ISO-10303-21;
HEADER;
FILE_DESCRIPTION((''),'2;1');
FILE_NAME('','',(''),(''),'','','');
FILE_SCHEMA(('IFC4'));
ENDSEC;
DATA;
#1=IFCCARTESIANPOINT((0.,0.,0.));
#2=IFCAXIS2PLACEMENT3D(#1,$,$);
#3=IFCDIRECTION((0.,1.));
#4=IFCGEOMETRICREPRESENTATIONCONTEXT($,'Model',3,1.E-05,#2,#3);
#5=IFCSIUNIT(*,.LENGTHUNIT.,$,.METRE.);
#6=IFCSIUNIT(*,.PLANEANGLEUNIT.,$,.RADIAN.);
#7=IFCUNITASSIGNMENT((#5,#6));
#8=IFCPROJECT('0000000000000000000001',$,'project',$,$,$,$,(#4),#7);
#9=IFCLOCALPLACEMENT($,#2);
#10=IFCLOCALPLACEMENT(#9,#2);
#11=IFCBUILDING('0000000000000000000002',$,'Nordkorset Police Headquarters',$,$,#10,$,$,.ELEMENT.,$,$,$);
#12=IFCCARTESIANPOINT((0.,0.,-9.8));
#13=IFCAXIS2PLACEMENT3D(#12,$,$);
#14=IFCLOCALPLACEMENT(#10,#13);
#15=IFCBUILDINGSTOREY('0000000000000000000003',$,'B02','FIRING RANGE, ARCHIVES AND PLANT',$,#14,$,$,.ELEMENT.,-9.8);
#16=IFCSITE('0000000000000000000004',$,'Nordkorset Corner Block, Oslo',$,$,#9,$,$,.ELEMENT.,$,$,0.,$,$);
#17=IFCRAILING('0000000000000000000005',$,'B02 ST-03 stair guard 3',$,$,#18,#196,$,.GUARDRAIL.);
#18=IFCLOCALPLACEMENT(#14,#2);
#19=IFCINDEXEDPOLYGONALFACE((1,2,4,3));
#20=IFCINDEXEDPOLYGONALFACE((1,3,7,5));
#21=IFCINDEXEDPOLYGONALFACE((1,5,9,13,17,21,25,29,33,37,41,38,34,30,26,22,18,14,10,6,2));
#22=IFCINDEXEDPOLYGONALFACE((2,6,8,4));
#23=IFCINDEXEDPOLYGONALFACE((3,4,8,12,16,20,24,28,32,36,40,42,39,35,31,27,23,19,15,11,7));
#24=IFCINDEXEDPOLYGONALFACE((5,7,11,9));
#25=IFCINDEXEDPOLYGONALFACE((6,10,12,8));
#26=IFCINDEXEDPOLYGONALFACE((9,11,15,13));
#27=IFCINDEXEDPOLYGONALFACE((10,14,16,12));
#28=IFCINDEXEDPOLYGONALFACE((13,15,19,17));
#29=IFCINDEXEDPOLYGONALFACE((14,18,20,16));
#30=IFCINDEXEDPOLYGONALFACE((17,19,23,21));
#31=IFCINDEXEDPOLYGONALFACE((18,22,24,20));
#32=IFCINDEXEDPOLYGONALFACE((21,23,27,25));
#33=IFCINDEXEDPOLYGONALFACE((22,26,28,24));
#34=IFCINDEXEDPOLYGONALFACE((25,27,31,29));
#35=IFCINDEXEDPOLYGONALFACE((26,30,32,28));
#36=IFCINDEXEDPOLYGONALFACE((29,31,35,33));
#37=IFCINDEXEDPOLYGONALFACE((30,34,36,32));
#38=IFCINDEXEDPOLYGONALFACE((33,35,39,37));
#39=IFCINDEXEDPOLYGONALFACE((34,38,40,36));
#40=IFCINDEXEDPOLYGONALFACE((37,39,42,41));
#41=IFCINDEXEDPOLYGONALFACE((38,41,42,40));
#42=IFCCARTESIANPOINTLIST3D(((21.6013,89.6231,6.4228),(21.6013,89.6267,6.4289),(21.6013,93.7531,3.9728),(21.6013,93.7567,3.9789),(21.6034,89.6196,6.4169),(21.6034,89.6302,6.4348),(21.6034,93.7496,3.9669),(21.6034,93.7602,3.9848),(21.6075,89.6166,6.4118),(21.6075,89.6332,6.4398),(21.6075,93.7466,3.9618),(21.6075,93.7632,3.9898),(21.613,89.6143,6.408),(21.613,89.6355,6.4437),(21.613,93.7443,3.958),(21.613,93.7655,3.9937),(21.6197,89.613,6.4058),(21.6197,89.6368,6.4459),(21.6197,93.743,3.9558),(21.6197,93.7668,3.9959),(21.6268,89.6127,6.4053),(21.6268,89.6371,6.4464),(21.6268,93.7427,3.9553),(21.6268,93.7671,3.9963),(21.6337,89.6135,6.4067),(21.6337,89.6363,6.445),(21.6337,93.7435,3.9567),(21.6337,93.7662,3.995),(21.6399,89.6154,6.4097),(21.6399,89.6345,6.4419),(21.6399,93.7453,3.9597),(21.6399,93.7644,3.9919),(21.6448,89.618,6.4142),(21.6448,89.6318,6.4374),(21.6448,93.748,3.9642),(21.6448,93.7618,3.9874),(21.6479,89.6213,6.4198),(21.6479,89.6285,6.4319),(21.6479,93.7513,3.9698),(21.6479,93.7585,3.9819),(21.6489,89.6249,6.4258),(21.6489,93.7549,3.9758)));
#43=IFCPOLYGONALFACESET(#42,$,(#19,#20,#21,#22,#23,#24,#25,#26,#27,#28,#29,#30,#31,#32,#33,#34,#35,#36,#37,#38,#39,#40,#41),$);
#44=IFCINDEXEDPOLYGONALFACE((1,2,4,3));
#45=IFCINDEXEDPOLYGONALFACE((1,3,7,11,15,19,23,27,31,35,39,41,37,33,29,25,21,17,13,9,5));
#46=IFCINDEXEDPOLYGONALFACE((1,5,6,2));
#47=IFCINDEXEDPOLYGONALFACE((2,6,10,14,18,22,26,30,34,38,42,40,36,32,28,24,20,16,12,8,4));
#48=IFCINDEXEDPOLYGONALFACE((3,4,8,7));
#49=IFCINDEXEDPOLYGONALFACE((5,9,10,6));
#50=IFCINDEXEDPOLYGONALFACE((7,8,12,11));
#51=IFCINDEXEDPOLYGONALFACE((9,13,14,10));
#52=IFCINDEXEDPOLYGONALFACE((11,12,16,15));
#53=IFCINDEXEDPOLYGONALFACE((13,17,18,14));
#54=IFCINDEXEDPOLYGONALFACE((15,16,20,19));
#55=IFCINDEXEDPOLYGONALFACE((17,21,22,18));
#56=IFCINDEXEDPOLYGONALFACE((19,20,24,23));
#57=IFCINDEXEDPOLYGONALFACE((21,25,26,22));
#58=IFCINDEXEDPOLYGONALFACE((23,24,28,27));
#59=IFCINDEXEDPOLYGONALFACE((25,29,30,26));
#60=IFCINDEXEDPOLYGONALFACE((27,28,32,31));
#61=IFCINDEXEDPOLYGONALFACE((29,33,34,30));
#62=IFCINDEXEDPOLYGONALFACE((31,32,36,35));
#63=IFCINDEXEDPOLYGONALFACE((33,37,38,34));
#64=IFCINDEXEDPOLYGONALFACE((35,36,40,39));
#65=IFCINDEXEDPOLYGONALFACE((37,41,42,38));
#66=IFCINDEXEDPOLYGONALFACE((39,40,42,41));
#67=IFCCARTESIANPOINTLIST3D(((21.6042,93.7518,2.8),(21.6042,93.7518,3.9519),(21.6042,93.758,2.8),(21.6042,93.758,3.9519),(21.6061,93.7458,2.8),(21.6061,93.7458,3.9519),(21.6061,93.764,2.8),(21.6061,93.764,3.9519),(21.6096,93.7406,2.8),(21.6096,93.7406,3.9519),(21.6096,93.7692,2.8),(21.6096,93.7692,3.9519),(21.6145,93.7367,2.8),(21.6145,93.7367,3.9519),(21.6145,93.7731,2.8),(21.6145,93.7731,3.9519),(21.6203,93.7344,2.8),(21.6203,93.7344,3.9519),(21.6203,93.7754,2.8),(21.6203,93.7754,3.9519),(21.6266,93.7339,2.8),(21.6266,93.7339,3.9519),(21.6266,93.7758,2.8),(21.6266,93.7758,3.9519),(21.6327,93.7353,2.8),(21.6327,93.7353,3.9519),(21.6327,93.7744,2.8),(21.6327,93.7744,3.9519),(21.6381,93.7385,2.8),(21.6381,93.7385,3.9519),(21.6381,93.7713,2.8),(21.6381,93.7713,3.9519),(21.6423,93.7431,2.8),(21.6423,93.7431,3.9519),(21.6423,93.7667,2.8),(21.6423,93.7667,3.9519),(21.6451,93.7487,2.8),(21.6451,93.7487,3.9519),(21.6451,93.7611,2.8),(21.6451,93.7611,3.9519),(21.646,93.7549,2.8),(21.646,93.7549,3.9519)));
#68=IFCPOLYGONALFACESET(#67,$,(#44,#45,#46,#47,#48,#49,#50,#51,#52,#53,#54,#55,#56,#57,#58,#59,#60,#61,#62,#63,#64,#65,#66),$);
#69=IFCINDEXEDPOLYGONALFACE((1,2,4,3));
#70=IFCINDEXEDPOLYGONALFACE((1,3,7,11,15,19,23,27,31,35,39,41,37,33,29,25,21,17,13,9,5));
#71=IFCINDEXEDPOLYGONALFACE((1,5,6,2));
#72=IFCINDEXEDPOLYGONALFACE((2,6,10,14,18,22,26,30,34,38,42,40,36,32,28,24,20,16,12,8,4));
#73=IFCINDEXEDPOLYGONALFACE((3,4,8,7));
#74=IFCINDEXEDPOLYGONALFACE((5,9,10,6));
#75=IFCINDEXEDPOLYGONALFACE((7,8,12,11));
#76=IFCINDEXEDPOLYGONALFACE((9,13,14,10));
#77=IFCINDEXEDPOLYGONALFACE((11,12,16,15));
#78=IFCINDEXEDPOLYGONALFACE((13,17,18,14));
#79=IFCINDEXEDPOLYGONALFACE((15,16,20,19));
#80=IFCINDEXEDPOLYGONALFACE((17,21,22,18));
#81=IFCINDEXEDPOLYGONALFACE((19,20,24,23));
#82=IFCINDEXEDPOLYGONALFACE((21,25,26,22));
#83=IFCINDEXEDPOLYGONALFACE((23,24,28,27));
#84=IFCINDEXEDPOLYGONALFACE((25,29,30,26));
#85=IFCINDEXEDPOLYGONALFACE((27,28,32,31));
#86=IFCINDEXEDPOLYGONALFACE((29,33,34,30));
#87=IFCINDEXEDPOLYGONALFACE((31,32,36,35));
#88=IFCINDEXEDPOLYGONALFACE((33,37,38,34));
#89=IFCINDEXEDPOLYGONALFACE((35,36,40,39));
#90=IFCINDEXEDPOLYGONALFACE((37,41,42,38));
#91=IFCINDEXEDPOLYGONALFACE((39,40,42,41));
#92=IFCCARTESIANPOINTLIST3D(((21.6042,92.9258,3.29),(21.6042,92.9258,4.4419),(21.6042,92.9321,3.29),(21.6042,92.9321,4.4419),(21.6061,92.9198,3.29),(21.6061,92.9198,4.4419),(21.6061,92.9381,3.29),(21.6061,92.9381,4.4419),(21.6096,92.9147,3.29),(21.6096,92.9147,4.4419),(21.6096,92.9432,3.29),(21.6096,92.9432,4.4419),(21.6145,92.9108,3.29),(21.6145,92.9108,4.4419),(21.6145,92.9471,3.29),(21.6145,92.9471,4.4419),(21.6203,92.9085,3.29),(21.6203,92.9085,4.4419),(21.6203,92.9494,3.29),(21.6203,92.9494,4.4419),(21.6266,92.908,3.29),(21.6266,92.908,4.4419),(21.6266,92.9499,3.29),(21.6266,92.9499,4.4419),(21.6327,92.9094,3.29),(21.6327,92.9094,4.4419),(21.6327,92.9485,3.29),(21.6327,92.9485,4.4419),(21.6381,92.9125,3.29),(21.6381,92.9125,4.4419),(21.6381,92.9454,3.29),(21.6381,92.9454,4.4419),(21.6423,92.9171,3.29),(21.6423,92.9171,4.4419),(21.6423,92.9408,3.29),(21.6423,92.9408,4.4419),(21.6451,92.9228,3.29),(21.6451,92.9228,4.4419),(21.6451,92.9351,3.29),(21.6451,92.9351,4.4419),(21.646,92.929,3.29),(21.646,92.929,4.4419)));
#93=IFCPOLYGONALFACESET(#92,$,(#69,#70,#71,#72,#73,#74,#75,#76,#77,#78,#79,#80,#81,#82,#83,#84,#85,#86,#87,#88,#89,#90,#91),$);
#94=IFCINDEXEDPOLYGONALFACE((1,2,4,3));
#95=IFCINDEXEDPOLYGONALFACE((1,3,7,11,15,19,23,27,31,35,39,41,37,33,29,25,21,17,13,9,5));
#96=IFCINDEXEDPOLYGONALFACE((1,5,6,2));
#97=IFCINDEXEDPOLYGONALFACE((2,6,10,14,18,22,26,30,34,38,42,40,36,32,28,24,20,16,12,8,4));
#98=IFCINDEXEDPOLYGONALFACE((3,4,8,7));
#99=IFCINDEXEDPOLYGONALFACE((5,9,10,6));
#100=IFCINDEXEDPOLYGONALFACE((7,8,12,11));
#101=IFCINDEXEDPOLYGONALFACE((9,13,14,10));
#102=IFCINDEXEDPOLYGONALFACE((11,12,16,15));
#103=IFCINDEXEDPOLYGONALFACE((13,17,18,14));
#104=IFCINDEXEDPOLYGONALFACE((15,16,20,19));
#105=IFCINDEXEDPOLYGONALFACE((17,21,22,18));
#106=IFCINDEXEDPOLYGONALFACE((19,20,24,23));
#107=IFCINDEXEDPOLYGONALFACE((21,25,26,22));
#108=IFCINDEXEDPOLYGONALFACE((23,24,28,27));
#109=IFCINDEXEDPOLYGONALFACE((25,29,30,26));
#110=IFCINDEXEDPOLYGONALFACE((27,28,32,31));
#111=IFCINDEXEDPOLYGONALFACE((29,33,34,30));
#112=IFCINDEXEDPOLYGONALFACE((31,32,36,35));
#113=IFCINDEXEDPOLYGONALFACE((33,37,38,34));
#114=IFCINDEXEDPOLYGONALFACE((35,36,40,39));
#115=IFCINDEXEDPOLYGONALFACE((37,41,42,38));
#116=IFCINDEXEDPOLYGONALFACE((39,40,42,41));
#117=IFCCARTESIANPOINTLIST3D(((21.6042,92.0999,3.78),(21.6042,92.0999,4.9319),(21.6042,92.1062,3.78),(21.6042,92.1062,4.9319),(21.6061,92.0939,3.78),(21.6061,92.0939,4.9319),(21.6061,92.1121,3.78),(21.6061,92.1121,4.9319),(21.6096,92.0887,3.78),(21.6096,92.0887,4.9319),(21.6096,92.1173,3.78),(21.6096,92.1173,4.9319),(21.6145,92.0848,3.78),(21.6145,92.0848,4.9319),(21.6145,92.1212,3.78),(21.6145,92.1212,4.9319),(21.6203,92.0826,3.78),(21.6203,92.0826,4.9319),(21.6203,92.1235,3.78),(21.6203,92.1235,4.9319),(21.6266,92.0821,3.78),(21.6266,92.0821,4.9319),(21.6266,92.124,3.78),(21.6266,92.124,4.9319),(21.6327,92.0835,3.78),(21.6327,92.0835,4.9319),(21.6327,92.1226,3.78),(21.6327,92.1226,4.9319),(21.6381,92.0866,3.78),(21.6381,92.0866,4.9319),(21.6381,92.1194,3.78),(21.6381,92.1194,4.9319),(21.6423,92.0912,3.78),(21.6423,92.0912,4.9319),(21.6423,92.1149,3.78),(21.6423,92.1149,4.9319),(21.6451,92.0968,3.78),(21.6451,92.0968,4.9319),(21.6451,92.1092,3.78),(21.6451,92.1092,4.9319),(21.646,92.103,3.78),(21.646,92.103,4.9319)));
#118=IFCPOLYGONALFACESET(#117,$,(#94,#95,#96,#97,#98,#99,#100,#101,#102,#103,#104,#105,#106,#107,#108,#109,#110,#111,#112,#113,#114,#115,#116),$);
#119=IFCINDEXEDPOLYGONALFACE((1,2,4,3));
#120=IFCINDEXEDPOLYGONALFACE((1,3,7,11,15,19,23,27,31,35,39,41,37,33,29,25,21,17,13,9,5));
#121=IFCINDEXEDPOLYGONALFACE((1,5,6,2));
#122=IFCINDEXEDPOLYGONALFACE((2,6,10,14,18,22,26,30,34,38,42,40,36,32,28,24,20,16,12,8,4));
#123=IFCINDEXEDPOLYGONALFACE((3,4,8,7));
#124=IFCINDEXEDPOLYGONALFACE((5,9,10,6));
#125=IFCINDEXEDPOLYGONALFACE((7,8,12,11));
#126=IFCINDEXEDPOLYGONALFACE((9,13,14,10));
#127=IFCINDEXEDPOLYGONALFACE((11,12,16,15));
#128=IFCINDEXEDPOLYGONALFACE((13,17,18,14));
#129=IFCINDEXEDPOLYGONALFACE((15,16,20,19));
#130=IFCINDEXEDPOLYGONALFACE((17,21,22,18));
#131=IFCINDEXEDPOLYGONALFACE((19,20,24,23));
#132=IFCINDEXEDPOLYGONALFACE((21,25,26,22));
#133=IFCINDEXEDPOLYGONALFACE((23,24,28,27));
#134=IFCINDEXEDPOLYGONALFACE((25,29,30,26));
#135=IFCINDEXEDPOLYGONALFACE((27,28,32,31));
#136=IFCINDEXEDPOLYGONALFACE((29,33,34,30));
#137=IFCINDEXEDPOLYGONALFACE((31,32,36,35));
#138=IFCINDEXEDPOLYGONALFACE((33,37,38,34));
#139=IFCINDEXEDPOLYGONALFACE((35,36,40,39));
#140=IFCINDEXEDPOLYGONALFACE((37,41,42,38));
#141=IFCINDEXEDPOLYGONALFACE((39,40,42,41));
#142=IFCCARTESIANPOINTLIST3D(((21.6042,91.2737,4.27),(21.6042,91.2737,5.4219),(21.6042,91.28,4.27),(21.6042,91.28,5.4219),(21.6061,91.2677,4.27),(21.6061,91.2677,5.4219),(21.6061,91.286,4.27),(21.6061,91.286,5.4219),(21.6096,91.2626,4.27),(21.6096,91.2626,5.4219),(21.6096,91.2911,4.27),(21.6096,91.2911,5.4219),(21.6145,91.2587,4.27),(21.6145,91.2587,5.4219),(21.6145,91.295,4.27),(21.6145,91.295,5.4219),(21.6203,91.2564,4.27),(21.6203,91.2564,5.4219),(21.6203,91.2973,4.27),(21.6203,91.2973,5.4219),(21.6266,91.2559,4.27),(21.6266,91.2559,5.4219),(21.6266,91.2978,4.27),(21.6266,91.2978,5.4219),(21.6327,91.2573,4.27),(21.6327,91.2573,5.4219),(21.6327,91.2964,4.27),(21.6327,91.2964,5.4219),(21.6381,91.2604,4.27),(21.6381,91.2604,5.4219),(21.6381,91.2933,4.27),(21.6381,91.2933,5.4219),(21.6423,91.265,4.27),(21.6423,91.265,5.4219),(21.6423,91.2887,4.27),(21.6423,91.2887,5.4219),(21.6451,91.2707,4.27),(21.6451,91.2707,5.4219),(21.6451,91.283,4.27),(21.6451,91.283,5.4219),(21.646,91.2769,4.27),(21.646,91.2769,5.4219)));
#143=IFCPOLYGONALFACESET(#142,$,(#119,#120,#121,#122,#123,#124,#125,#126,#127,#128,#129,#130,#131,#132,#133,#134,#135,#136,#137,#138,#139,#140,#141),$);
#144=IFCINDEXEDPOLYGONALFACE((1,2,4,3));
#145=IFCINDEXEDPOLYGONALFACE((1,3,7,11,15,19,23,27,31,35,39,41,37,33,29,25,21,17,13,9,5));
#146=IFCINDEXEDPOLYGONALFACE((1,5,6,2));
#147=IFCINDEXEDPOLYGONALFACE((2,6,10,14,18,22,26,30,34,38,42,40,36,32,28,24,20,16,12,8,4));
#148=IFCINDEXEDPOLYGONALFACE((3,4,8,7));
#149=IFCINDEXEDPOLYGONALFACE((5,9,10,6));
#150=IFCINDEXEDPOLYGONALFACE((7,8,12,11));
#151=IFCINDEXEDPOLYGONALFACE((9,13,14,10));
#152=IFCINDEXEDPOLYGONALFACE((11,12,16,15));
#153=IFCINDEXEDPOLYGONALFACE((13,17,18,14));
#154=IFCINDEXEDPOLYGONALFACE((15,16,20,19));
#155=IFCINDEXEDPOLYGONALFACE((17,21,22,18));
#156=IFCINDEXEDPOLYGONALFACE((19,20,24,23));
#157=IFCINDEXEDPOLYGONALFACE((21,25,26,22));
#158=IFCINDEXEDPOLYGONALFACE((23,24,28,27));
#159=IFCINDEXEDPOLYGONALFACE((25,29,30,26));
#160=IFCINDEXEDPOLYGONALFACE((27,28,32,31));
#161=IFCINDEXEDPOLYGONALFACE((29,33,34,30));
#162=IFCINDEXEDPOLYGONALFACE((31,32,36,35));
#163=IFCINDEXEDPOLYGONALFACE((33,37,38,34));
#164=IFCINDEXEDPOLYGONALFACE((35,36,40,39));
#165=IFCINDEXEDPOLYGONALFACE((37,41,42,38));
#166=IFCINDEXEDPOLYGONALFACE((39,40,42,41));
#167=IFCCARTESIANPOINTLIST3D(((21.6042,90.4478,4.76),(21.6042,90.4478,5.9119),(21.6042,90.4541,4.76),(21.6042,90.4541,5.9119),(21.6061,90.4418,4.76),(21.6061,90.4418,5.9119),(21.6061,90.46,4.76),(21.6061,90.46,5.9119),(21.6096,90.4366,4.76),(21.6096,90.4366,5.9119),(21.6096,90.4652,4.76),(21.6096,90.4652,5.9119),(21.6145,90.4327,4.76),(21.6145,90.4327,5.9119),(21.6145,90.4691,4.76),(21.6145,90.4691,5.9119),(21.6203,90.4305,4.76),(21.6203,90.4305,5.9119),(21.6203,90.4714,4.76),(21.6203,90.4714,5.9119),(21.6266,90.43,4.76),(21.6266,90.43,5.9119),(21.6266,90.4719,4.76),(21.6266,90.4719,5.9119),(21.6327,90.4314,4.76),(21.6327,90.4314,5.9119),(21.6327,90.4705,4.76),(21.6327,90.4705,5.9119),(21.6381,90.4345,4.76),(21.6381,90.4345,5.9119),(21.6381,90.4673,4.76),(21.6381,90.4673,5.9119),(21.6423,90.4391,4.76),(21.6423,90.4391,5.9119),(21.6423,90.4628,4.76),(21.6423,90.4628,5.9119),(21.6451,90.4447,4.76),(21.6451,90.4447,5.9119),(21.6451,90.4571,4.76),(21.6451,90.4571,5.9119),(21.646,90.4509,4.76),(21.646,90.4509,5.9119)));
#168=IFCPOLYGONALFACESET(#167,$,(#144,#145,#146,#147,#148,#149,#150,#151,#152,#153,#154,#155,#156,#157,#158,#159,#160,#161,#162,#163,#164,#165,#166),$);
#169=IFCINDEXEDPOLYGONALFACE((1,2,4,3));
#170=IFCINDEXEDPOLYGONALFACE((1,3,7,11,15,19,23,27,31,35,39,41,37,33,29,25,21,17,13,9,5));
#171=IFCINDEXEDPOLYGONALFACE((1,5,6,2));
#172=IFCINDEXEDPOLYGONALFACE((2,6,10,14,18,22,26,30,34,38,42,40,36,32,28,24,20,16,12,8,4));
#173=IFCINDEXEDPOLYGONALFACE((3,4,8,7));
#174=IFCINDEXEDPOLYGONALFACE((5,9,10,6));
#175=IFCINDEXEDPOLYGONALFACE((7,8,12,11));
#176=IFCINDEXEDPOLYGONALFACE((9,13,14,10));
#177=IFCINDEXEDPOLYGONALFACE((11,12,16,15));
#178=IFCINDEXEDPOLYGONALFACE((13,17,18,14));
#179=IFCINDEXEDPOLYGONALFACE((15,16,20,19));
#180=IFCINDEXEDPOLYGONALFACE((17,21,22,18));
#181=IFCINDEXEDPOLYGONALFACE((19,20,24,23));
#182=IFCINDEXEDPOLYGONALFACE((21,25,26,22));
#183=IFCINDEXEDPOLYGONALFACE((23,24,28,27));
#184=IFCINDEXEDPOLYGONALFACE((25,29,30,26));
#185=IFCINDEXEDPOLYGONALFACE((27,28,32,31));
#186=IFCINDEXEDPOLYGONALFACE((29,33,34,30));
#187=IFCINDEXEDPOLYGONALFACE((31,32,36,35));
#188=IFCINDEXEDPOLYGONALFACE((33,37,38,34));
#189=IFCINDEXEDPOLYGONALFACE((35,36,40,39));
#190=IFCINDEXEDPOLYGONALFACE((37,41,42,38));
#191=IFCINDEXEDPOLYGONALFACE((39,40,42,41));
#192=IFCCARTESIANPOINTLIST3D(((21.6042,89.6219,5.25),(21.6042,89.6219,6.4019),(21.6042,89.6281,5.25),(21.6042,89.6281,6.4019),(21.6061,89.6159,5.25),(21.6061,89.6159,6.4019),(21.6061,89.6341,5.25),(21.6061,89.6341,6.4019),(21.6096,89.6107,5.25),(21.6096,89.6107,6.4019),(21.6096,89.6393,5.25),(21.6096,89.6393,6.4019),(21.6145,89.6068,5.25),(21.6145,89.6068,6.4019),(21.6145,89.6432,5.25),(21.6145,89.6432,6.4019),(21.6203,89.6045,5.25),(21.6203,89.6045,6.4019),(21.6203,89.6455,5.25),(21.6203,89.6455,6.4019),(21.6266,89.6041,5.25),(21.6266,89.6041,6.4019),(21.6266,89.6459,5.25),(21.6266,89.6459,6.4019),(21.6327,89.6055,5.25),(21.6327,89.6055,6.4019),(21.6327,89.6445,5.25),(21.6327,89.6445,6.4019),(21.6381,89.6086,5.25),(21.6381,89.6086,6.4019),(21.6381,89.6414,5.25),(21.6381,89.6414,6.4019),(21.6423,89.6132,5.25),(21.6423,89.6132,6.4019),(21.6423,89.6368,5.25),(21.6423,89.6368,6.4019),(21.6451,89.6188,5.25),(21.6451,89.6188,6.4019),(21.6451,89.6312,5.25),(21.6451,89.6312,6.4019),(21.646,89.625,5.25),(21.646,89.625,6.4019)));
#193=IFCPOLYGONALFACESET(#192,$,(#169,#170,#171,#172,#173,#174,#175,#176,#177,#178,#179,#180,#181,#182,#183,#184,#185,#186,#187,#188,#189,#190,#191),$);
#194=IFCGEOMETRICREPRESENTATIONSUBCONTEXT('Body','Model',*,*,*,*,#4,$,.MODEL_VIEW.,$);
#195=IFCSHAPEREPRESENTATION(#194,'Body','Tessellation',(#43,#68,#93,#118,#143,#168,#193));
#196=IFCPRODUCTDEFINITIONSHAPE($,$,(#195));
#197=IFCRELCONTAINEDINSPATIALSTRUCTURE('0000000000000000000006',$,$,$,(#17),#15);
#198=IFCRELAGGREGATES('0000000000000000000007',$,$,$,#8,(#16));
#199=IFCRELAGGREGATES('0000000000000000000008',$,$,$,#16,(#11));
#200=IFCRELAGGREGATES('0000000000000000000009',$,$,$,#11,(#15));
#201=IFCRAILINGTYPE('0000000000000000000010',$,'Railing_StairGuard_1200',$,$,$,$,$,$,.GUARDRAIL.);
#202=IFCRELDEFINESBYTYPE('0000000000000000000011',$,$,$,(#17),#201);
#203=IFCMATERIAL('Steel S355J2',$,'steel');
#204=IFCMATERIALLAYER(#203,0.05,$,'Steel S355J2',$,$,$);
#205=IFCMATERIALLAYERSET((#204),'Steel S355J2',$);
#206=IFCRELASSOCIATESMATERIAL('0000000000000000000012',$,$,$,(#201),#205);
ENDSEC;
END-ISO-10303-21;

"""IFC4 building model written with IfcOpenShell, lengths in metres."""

from ifc_helpers import new_model, si_unit, direction, frame, origin, origin_2d, place, context, subcontext, project, spatial, circle, extrude, material, layer, layer_set, type_object, element, save


model = new_model("IFC4")

# Units and contexts
model_context = context("Model", 3, precision=1e-05, world=origin(), true_north=direction((0.0, 1.0)))
body_context = subcontext(model_context, "Body", "Model", "MODEL_VIEW")
ifc_project = project(units=[si_unit("LENGTHUNIT", "METRE"), si_unit("PLANEANGLEUNIT", "RADIAN")], contexts=[model_context])

# Site, building, storey
site_placement = place(None, origin())
site = spatial("IfcSite", under=ifc_project, at=site_placement, Name="Nordkorset Corner Block, Oslo", CompositionType="ELEMENT", RefElevation=0.0)
building_placement = place(site_placement, origin())
building = spatial("IfcBuilding", under=site, at=building_placement, Name="Nordkorset Police Headquarters", CompositionType="ELEMENT")
storey_placement = place(building_placement, frame((0.0, 0.0, -9.8)))
storey = spatial("IfcBuildingStorey", under=building, at=storey_placement, Name="B02", Description="FIRING RANGE, ARCHIVES AND PLANT", CompositionType="ELEMENT", Elevation=-9.8)

# Railing
ifc_material_1 = material(Name="Steel S355J2", Category="steel")
ifc_layer_1 = layer(ifc_material_1, 0.05, Name="Steel S355J2")
ifc_layer_set_1 = layer_set([ifc_layer_1], Name="Steel S355J2")
railing_type_1 = type_object("IfcRailingType", Name="Railing_StairGuard_1200", PredefinedType="GUARDRAIL", material=ifc_layer_set_1)
railing_1_placement = place(storey_placement, frame((21.625, 93.7549, 2.8)))
element("IfcRailing", 1, at=railing_1_placement, inside=storey, type_object=railing_type_1, Name="B02 ST-03 stair guard 3", PredefinedType="GUARDRAIL", context=body_context, shape_type="SweptSolid", body=[
    extrude(circle(Radius=0.0239, at=origin_2d()), frame((0.0, 0.0, 1.1758), z_axis=(0.0, -0.860053, 0.510205), x_axis=(1.0, 0.0, 0.0)), (0.0, 0.0, 1.0), 4.802),
    extrude(circle(Radius=0.021, at=origin_2d()), origin(), (0.0, 0.0, 1.0), 1.1519),
    extrude(circle(Radius=0.021, at=origin_2d()), frame((0.0, -0.8259, 0.49)), (0.0, 0.0, 1.0), 1.1519),
    extrude(circle(Radius=0.021, at=origin_2d()), frame((0.0, -1.6519, 0.98)), (0.0, 0.0, 1.0), 1.1519),
    extrude(circle(Radius=0.021, at=origin_2d()), frame((0.0, -2.478, 1.47)), (0.0, 0.0, 1.0), 1.1519),
    extrude(circle(Radius=0.021, at=origin_2d()), frame((0.0, -3.304, 1.96)), (0.0, 0.0, 1.0), 1.1519),
    extrude(circle(Radius=0.021, at=origin_2d()), frame((0.0, -4.1299, 2.45)), (0.0, 0.0, 1.0), 1.1519),
])

save(model, "model.ifc")
